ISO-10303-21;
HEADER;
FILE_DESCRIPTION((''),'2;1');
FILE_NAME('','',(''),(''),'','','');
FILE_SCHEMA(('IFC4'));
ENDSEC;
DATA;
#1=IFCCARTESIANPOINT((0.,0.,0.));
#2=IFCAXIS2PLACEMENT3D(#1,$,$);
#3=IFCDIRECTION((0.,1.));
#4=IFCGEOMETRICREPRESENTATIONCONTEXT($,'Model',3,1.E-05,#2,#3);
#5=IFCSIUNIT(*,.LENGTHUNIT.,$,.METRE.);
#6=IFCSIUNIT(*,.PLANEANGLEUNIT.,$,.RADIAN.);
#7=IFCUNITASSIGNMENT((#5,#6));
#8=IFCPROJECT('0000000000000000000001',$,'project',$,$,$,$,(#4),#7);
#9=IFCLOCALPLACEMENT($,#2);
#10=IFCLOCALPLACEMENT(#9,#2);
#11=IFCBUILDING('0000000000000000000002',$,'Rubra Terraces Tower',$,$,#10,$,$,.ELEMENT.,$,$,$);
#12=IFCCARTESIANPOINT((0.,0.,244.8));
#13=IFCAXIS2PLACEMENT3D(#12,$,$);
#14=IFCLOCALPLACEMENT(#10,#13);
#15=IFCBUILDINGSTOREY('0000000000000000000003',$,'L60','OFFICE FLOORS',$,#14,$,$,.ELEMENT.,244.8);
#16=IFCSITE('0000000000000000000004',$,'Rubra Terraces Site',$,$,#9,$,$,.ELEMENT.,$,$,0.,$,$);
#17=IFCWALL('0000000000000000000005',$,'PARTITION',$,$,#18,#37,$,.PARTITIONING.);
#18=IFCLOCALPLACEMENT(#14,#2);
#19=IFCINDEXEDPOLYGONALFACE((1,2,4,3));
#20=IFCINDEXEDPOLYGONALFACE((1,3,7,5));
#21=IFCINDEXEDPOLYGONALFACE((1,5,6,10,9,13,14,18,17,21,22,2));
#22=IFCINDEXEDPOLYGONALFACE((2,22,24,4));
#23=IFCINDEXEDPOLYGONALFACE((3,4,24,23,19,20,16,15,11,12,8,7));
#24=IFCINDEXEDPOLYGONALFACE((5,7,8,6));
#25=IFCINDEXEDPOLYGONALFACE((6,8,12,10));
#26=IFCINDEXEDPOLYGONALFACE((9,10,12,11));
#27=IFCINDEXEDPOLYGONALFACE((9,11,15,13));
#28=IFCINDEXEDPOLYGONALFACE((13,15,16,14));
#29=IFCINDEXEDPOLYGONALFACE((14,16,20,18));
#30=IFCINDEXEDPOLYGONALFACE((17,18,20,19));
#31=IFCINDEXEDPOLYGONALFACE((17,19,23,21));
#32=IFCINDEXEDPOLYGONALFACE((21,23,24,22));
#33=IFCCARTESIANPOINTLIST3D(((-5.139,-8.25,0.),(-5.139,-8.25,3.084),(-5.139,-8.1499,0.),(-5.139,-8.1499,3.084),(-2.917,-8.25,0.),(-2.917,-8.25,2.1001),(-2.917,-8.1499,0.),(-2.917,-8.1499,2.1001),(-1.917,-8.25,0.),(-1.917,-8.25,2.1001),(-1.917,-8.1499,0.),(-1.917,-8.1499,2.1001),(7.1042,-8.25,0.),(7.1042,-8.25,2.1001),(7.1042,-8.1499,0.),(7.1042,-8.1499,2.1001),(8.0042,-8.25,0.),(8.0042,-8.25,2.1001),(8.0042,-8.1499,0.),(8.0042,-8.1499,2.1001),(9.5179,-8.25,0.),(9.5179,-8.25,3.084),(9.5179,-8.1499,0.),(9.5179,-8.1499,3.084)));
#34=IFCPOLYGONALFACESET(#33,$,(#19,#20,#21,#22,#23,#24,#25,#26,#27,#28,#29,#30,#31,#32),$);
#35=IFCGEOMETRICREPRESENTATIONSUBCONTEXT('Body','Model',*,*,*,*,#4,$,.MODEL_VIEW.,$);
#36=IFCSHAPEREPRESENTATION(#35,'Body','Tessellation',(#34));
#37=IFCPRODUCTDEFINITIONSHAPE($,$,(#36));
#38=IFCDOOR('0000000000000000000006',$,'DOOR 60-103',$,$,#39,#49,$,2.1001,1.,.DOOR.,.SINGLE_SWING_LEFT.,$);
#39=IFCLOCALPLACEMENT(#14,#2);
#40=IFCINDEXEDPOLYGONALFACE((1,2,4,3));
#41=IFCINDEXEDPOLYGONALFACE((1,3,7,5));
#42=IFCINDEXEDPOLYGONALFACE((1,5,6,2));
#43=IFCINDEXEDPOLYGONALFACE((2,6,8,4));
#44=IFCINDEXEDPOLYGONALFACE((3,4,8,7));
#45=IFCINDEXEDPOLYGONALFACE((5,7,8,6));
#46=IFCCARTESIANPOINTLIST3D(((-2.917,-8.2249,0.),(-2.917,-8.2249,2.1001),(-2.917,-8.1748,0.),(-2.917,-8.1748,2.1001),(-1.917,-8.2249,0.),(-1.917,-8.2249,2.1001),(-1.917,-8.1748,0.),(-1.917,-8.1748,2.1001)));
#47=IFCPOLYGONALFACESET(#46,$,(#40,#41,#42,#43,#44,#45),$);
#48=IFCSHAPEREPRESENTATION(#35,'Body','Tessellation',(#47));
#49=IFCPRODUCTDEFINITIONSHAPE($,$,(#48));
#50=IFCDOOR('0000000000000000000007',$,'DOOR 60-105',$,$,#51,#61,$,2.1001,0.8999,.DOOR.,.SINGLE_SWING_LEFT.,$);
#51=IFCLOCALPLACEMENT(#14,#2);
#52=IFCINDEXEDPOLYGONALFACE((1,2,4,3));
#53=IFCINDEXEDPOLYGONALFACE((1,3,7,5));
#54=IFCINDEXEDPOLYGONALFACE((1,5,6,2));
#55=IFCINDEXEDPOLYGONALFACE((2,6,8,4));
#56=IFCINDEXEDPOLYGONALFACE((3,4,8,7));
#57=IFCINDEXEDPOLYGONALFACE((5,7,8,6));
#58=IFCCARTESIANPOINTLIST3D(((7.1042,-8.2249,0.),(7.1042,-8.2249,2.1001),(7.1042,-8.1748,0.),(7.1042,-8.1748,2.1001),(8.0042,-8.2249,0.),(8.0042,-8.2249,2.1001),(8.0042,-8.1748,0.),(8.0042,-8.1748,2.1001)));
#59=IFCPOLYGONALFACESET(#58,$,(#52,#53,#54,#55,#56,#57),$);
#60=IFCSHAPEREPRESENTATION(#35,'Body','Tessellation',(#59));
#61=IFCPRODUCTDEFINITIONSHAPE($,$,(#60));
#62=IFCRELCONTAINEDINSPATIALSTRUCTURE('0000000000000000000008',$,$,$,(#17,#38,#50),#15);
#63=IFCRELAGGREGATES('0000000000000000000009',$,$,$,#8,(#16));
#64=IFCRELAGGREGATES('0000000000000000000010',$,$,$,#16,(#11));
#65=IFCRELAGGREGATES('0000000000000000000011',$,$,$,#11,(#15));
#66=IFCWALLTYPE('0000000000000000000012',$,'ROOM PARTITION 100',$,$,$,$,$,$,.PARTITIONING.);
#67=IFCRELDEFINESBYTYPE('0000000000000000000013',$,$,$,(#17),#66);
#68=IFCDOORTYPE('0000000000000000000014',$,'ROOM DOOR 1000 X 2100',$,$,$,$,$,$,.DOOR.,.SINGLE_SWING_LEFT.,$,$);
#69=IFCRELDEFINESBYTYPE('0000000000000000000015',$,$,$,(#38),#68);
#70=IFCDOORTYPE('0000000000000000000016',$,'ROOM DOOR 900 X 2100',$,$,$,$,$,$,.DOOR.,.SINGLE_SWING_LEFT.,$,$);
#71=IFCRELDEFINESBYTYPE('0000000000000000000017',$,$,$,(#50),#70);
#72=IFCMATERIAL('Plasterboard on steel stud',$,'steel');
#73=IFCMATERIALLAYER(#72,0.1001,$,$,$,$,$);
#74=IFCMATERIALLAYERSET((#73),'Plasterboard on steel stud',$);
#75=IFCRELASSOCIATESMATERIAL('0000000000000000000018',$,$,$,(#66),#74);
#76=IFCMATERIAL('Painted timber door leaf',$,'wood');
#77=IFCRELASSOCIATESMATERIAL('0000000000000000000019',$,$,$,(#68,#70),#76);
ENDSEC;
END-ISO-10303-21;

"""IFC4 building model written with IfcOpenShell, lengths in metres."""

from ifc_helpers import new_model, si_unit, direction, frame, frame_2d, origin, place, context, subcontext, project, spatial, rectangle, extrude, material, layer, layer_set, type_object, element, fill, save


model = new_model("IFC4")

# Units and contexts
model_context = context("Model", 3, precision=1e-05, world=origin(), true_north=direction((0.0, 1.0)))
body_context = subcontext(model_context, "Body", "Model", "MODEL_VIEW")
ifc_project = project(units=[si_unit("LENGTHUNIT", "METRE"), si_unit("PLANEANGLEUNIT", "RADIAN")], contexts=[model_context])

# Site, building, storey
site_placement = place(None, origin())
site = spatial("IfcSite", under=ifc_project, at=site_placement, Name="Rubra Terraces Site", CompositionType="ELEMENT", RefElevation=0.0)
building_placement = place(site_placement, origin())
building = spatial("IfcBuilding", under=site, at=building_placement, Name="Rubra Terraces Tower", CompositionType="ELEMENT")
storey_placement = place(building_placement, frame((0.0, 0.0, 244.8)))
storey = spatial("IfcBuildingStorey", under=building, at=storey_placement, Name="L60", Description="OFFICE FLOORS", CompositionType="ELEMENT", Elevation=244.8)

# Wall, openings, doors
ifc_material_1 = material(Name="Plasterboard on steel stud", Category="steel")
ifc_layer_1 = layer(ifc_material_1, 0.1001)
ifc_layer_set_1 = layer_set([ifc_layer_1], Name="Plasterboard on steel stud")
wall_type_1 = type_object("IfcWallType", Name="ROOM PARTITION 100", PredefinedType="PARTITIONING", material=ifc_layer_set_1)
wall_1_placement = place(storey_placement, frame((9.5181, -8.2, 0.0), z_axis=(0.0, 0.0, 1.0), x_axis=(-1.0, 0.0, 0.0)))
wall_1 = element("IfcWall", 1, at=wall_1_placement, inside=storey, type_object=wall_type_1, Name="PARTITION", PredefinedType="PARTITIONING", context=body_context, shape_type="SweptSolid", body=[
    extrude(rectangle(XDim=14.657, YDim=0.1001, at=frame_2d((7.3286, 0.0))), origin(), (0.0, 0.0, 1.0), 3.084),
])
opening_1_placement = place(wall_1_placement, frame((11.4351, 0.0, 0.0)))
opening_1 = element("IfcOpeningElement", 2, at=opening_1_placement, cuts=wall_1, PredefinedType="OPENING", context=body_context, shape_type="SweptSolid", body=[
    extrude(rectangle(XDim=1.0, YDim=2.1001, at=frame_2d((0.5, 1.05))), frame((0.0, 0.0601, 0.0), z_axis=(0.0, -1.0, 0.0), x_axis=(1.0, 0.0, 0.0)), (0.0, 0.0, 1.0), 0.1201),
])
opening_2_placement = place(wall_1_placement, frame((1.5139, 0.0, 0.0)))
opening_2 = element("IfcOpeningElement", 3, at=opening_2_placement, cuts=wall_1, PredefinedType="OPENING", context=body_context, shape_type="SweptSolid", body=[
    extrude(rectangle(XDim=0.8999, YDim=2.1001, at=frame_2d((0.45, 1.05))), frame((0.0, 0.0601, 0.0), z_axis=(0.0, -1.0, 0.0), x_axis=(1.0, 0.0, 0.0)), (0.0, 0.0, 1.0), 0.1201),
])
ifc_material_2 = material(Name="Painted timber door leaf", Category="wood")
door_type_1 = type_object("IfcDoorType", Name="ROOM DOOR 1000 X 2100", OperationType="SINGLE_SWING_LEFT", PredefinedType="DOOR", material=ifc_material_2)
door_1_placement = place(opening_1_placement, origin())
door_1 = element("IfcDoor", 4, at=door_1_placement, inside=storey, type_object=door_type_1, Name="DOOR 60-103", OperationType="SINGLE_SWING_LEFT", OverallHeight=2.1001, OverallWidth=1.0, PredefinedType="DOOR", context=body_context, shape_type="SweptSolid", body=[
    extrude(rectangle(XDim=1.0, YDim=2.1001, at=frame_2d((0.5, 1.05))), frame((0.0, 0.0249, 0.0), z_axis=(0.0, -1.0, 0.0), x_axis=(1.0, 0.0, 0.0)), (0.0, 0.0, 1.0), 0.05),
])
fill(opening_1, door_1)
door_type_2 = type_object("IfcDoorType", Name="ROOM DOOR 900 X 2100", OperationType="SINGLE_SWING_LEFT", PredefinedType="DOOR", material=ifc_material_2)
door_2_placement = place(opening_2_placement, origin())
door_2 = element("IfcDoor", 5, at=door_2_placement, inside=storey, type_object=door_type_2, Name="DOOR 60-105", OperationType="SINGLE_SWING_LEFT", OverallHeight=2.1001, OverallWidth=0.8999, PredefinedType="DOOR", context=body_context, shape_type="SweptSolid", body=[
    extrude(rectangle(XDim=0.8999, YDim=2.1001, at=frame_2d((0.45, 1.05))), frame((0.0, 0.0249, 0.0), z_axis=(0.0, -1.0, 0.0), x_axis=(1.0, 0.0, 0.0)), (0.0, 0.0, 1.0), 0.05),
])
fill(opening_2, door_2)

save(model, "model.ifc")
